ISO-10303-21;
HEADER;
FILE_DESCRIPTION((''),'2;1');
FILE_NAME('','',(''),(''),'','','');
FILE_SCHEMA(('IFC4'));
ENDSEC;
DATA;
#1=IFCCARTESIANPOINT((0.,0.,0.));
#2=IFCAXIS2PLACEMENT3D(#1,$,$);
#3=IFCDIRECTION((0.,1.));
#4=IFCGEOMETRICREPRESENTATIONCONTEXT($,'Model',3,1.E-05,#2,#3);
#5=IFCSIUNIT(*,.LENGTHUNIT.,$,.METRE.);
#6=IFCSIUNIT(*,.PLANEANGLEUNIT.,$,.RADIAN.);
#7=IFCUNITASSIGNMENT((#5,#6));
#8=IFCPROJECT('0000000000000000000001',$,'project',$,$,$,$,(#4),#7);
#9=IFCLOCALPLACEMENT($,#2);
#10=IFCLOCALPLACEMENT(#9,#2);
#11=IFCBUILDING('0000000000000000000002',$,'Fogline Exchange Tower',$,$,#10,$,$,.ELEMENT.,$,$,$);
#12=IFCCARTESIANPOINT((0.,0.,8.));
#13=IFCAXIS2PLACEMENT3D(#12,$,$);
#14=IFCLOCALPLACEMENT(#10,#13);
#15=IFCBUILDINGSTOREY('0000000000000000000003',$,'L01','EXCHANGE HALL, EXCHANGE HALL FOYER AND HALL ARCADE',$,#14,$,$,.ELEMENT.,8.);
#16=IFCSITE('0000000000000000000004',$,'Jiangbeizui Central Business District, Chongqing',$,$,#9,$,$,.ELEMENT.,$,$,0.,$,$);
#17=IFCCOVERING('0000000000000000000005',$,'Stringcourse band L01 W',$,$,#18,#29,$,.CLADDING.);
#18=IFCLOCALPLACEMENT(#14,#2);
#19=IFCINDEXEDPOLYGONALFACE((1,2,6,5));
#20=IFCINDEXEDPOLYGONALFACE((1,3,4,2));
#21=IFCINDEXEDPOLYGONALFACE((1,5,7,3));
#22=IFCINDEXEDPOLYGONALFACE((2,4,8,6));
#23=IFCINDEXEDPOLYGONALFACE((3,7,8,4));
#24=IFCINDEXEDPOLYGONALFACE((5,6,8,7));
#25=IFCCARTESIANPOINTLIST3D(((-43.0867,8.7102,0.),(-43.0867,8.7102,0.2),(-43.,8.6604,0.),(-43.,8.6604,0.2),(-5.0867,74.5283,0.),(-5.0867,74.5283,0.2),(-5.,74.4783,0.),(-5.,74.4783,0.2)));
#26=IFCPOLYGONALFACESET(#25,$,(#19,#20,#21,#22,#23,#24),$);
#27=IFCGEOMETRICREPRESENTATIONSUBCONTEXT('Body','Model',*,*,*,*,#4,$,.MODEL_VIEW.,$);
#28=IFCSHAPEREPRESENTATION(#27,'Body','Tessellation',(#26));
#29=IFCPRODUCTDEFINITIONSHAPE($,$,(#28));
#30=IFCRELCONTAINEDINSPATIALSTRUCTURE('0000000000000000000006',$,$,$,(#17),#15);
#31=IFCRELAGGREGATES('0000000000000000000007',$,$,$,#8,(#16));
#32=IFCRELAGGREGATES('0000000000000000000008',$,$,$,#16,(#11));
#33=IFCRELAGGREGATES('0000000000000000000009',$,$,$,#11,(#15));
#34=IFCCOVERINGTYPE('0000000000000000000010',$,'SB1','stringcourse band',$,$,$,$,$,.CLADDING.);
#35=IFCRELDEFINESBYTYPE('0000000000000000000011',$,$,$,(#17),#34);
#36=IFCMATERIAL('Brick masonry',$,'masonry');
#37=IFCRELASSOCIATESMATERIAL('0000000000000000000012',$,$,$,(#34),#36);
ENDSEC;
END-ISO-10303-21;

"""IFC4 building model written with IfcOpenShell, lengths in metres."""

from ifc_helpers import new_model, si_unit, direction, frame, origin, place, context, subcontext, project, spatial, polyline, outline, extrude, material, type_object, element, save


model = new_model("IFC4")

# Units and contexts
model_context = context("Model", 3, precision=1e-05, world=origin(), true_north=direction((0.0, 1.0)))
body_context = subcontext(model_context, "Body", "Model", "MODEL_VIEW")
ifc_project = project(units=[si_unit("LENGTHUNIT", "METRE"), si_unit("PLANEANGLEUNIT", "RADIAN")], contexts=[model_context])

# Site, building, storey
site_placement = place(None, origin())
site = spatial("IfcSite", under=ifc_project, at=site_placement, Name="Jiangbeizui Central Business District, Chongqing", CompositionType="ELEMENT", RefElevation=0.0)
building_placement = place(site_placement, origin())
building = spatial("IfcBuilding", under=site, at=building_placement, Name="Fogline Exchange Tower", CompositionType="ELEMENT")
storey_placement = place(building_placement, frame((0.0, 0.0, 8.0)))
storey = spatial("IfcBuildingStorey", under=building, at=storey_placement, Name="L01", Description="EXCHANGE HALL, EXCHANGE HALL FOYER AND HALL ARCADE", CompositionType="ELEMENT", Elevation=8.0)

# Shared definitions
ifc_material_1 = material(Name="Brick masonry", Category="masonry")

# Covering
covering_type = type_object("IfcCoveringType", Name="SB1", Description="stringcourse band", PredefinedType="CLADDING", material=ifc_material_1)
covering_1_placement = place(storey_placement, origin())
element("IfcCovering", 1, at=covering_1_placement, inside=storey, type_object=covering_type, Name="Stringcourse band L01 W", PredefinedType="CLADDING", context=body_context, shape_type="SweptSolid", body=[
    extrude(outline(polyline([(-5.0, 74.4783), (-5.0867, 74.5283), (-43.0867, 8.7102), (-43.0, 8.6604), (-5.0, 74.4783)])), origin(), (0.0, 0.0, 1.0), 0.2),
])

save(model, "model.ifc")
